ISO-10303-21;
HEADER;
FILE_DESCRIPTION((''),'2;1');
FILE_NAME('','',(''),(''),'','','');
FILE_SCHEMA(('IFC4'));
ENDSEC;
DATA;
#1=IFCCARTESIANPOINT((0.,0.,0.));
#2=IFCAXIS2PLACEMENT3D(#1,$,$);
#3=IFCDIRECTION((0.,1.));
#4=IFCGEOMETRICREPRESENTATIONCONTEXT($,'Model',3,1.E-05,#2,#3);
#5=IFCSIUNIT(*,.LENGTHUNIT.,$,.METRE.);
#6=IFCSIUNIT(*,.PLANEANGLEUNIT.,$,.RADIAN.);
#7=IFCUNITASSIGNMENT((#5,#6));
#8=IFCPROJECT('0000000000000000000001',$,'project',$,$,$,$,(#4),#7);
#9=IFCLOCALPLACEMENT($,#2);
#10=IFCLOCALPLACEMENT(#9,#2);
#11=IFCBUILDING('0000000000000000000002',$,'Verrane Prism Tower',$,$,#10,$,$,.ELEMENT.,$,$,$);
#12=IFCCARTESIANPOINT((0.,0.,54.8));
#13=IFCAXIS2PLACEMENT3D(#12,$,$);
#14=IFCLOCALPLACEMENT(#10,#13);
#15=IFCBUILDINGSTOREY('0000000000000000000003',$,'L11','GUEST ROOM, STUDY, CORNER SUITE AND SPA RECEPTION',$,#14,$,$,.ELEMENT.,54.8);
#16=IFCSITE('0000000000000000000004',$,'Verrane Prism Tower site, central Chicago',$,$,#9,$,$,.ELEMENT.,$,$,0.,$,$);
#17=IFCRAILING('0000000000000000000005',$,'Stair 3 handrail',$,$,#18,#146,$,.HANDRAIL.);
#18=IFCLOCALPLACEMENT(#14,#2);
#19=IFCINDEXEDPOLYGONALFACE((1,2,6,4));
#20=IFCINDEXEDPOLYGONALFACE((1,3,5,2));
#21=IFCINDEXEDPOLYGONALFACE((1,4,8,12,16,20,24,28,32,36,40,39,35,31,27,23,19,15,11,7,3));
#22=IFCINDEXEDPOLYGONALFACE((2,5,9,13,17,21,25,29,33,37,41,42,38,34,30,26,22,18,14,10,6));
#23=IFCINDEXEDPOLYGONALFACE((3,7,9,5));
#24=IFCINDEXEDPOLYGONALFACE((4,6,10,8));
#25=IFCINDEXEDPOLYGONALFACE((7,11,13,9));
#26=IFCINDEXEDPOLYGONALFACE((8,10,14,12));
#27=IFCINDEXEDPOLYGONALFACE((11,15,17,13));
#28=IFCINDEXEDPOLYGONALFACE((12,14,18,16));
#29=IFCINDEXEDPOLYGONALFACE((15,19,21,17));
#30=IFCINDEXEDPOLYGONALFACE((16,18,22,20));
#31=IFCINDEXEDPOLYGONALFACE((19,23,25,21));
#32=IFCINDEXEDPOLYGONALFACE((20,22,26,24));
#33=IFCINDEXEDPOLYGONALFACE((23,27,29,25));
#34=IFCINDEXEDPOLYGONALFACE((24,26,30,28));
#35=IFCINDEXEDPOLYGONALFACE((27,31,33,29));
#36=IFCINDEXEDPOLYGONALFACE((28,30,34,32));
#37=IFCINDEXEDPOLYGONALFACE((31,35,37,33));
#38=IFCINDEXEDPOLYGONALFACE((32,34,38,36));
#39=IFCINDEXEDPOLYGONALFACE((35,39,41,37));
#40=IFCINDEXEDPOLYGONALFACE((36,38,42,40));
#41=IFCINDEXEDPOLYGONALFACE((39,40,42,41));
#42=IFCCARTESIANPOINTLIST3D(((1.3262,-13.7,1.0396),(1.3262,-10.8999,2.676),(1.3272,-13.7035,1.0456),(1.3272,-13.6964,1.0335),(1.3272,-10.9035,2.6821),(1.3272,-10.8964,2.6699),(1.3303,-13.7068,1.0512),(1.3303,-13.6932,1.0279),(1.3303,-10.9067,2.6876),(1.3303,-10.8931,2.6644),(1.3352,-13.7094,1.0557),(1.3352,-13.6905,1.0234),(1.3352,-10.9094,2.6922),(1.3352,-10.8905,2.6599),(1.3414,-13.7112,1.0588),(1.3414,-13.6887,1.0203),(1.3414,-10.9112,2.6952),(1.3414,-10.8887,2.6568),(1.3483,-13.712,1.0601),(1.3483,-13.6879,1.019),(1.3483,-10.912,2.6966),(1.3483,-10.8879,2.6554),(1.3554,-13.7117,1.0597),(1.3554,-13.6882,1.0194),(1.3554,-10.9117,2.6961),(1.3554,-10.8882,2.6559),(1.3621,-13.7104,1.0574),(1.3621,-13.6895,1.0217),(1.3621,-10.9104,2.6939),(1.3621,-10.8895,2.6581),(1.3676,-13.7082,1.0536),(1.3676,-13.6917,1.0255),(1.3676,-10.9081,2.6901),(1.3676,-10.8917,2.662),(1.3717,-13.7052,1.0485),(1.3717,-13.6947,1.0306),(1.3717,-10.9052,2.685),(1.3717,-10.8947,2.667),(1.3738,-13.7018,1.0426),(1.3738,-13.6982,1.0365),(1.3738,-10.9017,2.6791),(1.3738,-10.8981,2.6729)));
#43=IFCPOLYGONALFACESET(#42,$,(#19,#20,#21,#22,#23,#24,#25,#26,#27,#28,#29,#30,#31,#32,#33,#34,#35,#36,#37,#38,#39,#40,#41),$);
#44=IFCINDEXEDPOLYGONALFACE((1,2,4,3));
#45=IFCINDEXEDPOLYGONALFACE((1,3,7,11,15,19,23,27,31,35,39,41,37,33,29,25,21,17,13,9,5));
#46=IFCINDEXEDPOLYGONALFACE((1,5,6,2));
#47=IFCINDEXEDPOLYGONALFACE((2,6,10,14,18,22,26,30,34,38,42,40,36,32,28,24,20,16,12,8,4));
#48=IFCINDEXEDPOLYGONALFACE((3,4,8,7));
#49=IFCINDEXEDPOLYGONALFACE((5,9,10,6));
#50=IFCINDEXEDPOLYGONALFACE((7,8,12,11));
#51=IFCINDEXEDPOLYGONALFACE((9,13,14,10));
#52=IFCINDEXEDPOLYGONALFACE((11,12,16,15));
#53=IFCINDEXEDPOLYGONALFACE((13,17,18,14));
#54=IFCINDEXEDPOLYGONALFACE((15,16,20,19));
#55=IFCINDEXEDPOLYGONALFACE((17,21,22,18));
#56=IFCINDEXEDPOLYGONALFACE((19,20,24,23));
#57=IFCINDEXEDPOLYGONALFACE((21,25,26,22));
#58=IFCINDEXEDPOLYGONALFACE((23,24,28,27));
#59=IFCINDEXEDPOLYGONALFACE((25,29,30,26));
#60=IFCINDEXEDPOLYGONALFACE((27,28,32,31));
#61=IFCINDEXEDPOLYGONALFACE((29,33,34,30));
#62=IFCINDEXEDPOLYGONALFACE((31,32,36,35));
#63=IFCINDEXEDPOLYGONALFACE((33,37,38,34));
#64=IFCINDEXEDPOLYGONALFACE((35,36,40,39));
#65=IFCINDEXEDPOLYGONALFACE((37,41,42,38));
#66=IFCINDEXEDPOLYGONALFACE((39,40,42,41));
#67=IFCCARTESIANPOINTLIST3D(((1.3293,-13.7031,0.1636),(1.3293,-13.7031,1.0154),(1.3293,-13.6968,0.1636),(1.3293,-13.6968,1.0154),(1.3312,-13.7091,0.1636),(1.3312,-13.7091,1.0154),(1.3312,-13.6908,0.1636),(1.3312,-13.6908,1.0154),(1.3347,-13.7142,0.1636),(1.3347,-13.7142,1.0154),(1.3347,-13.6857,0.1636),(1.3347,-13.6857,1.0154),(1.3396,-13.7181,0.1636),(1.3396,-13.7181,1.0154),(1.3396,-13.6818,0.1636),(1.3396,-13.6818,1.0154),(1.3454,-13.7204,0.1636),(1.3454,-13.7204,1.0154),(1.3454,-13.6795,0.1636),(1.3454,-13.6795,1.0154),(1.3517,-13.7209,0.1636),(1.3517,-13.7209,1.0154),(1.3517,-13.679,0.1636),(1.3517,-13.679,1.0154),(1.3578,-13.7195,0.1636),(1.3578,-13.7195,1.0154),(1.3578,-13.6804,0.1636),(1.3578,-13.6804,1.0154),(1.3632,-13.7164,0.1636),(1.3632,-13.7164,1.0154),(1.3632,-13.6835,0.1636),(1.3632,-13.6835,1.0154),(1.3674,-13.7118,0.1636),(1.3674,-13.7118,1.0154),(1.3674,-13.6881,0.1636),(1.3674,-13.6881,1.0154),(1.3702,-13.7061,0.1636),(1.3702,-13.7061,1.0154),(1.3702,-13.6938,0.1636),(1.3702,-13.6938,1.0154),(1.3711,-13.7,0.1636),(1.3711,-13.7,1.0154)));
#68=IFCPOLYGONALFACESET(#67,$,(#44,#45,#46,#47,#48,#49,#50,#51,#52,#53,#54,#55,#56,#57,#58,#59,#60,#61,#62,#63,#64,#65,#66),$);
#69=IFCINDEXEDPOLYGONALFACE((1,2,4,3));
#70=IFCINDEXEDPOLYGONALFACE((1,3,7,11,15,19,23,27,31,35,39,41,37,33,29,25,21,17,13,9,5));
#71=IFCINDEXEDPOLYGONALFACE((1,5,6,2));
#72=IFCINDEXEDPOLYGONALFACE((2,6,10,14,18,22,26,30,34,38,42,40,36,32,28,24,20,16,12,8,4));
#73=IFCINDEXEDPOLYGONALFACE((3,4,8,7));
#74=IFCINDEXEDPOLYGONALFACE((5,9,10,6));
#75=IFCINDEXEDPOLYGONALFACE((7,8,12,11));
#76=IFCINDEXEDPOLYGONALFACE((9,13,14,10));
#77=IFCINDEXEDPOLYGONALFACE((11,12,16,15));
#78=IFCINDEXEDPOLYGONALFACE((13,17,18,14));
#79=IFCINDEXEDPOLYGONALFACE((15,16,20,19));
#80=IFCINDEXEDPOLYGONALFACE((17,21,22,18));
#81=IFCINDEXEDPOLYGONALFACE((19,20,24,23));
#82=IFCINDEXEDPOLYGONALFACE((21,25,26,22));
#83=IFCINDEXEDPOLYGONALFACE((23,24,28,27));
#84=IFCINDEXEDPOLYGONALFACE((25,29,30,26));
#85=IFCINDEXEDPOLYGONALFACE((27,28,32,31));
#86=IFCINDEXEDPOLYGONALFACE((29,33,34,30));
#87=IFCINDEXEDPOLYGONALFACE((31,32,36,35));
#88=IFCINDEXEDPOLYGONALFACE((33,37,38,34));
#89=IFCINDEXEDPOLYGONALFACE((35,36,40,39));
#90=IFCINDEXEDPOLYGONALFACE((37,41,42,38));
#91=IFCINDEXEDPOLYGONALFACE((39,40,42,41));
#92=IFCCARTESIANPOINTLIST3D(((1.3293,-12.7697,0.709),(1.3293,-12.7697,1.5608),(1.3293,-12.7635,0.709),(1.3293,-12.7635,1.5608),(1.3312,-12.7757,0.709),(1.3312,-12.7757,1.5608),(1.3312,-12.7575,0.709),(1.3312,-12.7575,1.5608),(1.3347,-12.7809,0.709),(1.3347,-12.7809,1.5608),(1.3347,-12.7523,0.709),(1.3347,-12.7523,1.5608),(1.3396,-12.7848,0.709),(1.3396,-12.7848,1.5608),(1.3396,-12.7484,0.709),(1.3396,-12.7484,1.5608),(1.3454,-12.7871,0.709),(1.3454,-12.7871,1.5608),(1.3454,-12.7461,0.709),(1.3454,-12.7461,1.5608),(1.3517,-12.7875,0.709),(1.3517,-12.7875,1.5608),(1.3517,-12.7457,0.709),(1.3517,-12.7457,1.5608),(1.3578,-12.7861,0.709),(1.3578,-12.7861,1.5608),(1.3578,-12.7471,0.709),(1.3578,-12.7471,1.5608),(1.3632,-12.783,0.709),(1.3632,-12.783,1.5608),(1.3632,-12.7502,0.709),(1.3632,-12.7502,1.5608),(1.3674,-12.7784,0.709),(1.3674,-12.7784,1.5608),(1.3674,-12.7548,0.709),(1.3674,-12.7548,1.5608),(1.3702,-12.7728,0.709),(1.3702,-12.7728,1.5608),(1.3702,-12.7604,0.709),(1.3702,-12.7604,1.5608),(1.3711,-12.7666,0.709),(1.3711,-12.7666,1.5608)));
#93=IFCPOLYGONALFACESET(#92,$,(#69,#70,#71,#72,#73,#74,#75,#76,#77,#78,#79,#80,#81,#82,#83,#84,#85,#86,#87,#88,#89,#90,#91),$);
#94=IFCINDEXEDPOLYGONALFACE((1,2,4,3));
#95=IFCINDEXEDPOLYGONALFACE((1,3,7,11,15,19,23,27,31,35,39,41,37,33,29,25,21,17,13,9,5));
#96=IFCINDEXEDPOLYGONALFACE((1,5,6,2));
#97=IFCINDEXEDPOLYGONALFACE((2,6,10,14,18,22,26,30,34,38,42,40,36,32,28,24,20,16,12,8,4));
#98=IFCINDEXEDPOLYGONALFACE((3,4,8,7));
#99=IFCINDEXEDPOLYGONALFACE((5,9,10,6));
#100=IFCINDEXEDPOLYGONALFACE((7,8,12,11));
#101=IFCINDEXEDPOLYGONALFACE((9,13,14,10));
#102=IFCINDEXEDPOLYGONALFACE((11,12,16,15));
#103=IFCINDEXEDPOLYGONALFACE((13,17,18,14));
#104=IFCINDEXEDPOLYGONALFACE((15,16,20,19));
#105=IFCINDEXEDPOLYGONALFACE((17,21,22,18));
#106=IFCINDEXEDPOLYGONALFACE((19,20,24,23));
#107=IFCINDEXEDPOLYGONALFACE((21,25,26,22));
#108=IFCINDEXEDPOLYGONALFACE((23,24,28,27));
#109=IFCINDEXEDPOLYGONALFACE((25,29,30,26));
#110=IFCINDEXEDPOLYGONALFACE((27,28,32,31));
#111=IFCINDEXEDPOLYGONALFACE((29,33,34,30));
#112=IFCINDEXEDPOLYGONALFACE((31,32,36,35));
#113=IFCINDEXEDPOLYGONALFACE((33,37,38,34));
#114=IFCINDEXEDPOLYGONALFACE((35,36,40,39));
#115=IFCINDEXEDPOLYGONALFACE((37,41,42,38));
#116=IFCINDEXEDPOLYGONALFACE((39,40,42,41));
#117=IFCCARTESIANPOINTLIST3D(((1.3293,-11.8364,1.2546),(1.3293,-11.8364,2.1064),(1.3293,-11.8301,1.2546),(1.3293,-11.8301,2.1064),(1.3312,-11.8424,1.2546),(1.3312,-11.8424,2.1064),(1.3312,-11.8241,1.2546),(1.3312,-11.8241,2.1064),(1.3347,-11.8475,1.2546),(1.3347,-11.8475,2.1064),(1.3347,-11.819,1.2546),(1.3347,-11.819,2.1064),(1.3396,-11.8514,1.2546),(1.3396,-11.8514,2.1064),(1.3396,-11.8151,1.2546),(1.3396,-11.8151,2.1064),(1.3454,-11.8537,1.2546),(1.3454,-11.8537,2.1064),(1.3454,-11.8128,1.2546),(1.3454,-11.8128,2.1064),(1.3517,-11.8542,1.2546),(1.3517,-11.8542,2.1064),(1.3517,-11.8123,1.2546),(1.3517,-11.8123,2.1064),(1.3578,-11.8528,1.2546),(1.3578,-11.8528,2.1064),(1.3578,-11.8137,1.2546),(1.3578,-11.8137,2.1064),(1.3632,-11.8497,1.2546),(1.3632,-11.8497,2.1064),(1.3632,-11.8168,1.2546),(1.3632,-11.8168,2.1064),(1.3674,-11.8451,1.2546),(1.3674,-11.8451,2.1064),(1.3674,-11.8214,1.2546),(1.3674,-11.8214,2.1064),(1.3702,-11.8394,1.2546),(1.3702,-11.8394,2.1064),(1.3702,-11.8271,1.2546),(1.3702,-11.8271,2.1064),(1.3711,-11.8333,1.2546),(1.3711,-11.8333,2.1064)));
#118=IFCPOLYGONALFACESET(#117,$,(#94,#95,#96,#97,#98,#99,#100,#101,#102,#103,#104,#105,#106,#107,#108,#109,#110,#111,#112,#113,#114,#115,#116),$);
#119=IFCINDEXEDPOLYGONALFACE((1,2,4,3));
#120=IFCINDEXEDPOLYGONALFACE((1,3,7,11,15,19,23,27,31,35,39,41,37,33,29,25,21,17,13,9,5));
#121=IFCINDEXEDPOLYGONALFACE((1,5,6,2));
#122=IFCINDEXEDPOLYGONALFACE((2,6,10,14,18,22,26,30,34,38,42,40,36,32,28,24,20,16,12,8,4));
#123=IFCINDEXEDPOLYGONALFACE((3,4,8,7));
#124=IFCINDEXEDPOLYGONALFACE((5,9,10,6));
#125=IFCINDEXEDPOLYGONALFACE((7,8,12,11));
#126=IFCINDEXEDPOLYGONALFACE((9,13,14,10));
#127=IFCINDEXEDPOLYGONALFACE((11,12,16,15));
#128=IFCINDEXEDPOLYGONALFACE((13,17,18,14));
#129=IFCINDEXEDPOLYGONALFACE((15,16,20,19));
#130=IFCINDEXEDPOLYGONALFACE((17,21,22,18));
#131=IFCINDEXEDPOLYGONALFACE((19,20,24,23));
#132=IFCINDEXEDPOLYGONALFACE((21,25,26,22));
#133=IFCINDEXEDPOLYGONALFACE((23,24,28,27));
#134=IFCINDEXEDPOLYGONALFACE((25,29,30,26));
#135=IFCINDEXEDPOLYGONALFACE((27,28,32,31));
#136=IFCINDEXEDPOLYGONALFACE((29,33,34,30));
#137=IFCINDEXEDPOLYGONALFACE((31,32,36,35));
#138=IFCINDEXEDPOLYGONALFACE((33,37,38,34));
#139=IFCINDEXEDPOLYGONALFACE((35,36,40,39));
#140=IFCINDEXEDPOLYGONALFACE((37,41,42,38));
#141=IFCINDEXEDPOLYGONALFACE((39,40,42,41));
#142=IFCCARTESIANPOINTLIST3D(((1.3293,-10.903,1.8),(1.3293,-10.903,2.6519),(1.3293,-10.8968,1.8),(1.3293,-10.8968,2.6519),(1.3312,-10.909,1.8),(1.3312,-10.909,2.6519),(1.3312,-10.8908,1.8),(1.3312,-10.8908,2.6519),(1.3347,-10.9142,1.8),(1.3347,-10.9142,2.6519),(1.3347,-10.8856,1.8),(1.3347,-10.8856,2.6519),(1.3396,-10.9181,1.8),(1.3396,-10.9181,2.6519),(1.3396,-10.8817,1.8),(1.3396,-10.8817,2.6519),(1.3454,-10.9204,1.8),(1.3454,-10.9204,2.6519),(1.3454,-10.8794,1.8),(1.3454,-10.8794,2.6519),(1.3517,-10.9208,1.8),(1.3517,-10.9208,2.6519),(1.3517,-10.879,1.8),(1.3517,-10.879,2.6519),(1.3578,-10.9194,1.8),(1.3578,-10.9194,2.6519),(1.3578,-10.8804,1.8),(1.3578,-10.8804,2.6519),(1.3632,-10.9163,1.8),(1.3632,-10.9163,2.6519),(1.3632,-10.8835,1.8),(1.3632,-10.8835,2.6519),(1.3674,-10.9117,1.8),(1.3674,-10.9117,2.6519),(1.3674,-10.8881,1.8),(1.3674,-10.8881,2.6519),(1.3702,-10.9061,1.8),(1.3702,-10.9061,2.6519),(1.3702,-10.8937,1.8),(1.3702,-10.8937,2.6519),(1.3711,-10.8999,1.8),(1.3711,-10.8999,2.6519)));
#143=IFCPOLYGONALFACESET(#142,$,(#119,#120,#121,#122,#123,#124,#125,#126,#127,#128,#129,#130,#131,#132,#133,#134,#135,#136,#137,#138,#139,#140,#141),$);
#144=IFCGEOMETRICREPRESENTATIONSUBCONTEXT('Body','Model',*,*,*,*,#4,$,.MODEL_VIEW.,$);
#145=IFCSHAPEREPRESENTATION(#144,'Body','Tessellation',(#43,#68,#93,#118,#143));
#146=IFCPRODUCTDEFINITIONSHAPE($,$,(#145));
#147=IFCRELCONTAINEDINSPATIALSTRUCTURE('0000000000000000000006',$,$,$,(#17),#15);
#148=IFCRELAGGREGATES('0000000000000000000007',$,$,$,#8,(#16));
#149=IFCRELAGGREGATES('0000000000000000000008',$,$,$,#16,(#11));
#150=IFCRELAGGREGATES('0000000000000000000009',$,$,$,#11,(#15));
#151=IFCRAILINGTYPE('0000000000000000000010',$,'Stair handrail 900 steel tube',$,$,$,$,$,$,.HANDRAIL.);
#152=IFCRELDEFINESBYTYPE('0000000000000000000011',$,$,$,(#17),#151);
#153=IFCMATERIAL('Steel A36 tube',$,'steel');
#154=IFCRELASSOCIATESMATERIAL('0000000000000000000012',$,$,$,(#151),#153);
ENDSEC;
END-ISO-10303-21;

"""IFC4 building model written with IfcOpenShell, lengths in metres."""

from ifc_helpers import new_model, si_unit, direction, frame, origin, origin_2d, place, context, subcontext, project, spatial, circle, extrude, material, type_object, element, save


model = new_model("IFC4")

# Units and contexts
model_context = context("Model", 3, precision=1e-05, world=origin(), true_north=direction((0.0, 1.0)))
body_context = subcontext(model_context, "Body", "Model", "MODEL_VIEW")
ifc_project = project(units=[si_unit("LENGTHUNIT", "METRE"), si_unit("PLANEANGLEUNIT", "RADIAN")], contexts=[model_context])

# Site, building, storey
site_placement = place(None, origin())
site = spatial("IfcSite", under=ifc_project, at=site_placement, Name="Verrane Prism Tower site, central Chicago", CompositionType="ELEMENT", RefElevation=0.0)
building_placement = place(site_placement, origin())
building = spatial("IfcBuilding", under=site, at=building_placement, Name="Verrane Prism Tower", CompositionType="ELEMENT")
storey_placement = place(building_placement, frame((0.0, 0.0, 54.8)))
storey = spatial("IfcBuildingStorey", under=building, at=storey_placement, Name="L11", Description="GUEST ROOM, STUDY, CORNER SUITE AND SPA RECEPTION", CompositionType="ELEMENT", Elevation=54.8)

# Railing
ifc_material_1 = material(Name="Steel A36 tube", Category="steel")
railing_type_1 = type_object("IfcRailingType", Name="Stair handrail 900 steel tube", PredefinedType="HANDRAIL", material=ifc_material_1)
railing_1_placement = place(storey_placement, frame((1.3501, -13.7, 0.1636)))
element("IfcRailing", 1, at=railing_1_placement, inside=storey, type_object=railing_type_1, Name="Stair 3 handrail", PredefinedType="HANDRAIL", context=body_context, shape_type="SweptSolid", body=[
    extrude(circle(Radius=0.0239, at=origin_2d()), frame((0.0, 0.0, 0.876), z_axis=(0.0, 0.863361, 0.504587), x_axis=(-1.0, 0.0, 0.0)), (0.0, 0.0, 1.0), 3.2432),
    extrude(circle(Radius=0.021, at=origin_2d()), origin(), (0.0, 0.0, 1.0), 0.8518),
    extrude(circle(Radius=0.021, at=origin_2d()), frame((0.0, 0.9333, 0.5454)), (0.0, 0.0, 1.0), 0.8518),
    extrude(circle(Radius=0.021, at=origin_2d()), frame((0.0, 1.8667, 1.0911)), (0.0, 0.0, 1.0), 0.8518),
    extrude(circle(Radius=0.021, at=origin_2d()), frame((0.0, 2.8, 1.6365)), (0.0, 0.0, 1.0), 0.8518),
])

save(model, "model.ifc")
